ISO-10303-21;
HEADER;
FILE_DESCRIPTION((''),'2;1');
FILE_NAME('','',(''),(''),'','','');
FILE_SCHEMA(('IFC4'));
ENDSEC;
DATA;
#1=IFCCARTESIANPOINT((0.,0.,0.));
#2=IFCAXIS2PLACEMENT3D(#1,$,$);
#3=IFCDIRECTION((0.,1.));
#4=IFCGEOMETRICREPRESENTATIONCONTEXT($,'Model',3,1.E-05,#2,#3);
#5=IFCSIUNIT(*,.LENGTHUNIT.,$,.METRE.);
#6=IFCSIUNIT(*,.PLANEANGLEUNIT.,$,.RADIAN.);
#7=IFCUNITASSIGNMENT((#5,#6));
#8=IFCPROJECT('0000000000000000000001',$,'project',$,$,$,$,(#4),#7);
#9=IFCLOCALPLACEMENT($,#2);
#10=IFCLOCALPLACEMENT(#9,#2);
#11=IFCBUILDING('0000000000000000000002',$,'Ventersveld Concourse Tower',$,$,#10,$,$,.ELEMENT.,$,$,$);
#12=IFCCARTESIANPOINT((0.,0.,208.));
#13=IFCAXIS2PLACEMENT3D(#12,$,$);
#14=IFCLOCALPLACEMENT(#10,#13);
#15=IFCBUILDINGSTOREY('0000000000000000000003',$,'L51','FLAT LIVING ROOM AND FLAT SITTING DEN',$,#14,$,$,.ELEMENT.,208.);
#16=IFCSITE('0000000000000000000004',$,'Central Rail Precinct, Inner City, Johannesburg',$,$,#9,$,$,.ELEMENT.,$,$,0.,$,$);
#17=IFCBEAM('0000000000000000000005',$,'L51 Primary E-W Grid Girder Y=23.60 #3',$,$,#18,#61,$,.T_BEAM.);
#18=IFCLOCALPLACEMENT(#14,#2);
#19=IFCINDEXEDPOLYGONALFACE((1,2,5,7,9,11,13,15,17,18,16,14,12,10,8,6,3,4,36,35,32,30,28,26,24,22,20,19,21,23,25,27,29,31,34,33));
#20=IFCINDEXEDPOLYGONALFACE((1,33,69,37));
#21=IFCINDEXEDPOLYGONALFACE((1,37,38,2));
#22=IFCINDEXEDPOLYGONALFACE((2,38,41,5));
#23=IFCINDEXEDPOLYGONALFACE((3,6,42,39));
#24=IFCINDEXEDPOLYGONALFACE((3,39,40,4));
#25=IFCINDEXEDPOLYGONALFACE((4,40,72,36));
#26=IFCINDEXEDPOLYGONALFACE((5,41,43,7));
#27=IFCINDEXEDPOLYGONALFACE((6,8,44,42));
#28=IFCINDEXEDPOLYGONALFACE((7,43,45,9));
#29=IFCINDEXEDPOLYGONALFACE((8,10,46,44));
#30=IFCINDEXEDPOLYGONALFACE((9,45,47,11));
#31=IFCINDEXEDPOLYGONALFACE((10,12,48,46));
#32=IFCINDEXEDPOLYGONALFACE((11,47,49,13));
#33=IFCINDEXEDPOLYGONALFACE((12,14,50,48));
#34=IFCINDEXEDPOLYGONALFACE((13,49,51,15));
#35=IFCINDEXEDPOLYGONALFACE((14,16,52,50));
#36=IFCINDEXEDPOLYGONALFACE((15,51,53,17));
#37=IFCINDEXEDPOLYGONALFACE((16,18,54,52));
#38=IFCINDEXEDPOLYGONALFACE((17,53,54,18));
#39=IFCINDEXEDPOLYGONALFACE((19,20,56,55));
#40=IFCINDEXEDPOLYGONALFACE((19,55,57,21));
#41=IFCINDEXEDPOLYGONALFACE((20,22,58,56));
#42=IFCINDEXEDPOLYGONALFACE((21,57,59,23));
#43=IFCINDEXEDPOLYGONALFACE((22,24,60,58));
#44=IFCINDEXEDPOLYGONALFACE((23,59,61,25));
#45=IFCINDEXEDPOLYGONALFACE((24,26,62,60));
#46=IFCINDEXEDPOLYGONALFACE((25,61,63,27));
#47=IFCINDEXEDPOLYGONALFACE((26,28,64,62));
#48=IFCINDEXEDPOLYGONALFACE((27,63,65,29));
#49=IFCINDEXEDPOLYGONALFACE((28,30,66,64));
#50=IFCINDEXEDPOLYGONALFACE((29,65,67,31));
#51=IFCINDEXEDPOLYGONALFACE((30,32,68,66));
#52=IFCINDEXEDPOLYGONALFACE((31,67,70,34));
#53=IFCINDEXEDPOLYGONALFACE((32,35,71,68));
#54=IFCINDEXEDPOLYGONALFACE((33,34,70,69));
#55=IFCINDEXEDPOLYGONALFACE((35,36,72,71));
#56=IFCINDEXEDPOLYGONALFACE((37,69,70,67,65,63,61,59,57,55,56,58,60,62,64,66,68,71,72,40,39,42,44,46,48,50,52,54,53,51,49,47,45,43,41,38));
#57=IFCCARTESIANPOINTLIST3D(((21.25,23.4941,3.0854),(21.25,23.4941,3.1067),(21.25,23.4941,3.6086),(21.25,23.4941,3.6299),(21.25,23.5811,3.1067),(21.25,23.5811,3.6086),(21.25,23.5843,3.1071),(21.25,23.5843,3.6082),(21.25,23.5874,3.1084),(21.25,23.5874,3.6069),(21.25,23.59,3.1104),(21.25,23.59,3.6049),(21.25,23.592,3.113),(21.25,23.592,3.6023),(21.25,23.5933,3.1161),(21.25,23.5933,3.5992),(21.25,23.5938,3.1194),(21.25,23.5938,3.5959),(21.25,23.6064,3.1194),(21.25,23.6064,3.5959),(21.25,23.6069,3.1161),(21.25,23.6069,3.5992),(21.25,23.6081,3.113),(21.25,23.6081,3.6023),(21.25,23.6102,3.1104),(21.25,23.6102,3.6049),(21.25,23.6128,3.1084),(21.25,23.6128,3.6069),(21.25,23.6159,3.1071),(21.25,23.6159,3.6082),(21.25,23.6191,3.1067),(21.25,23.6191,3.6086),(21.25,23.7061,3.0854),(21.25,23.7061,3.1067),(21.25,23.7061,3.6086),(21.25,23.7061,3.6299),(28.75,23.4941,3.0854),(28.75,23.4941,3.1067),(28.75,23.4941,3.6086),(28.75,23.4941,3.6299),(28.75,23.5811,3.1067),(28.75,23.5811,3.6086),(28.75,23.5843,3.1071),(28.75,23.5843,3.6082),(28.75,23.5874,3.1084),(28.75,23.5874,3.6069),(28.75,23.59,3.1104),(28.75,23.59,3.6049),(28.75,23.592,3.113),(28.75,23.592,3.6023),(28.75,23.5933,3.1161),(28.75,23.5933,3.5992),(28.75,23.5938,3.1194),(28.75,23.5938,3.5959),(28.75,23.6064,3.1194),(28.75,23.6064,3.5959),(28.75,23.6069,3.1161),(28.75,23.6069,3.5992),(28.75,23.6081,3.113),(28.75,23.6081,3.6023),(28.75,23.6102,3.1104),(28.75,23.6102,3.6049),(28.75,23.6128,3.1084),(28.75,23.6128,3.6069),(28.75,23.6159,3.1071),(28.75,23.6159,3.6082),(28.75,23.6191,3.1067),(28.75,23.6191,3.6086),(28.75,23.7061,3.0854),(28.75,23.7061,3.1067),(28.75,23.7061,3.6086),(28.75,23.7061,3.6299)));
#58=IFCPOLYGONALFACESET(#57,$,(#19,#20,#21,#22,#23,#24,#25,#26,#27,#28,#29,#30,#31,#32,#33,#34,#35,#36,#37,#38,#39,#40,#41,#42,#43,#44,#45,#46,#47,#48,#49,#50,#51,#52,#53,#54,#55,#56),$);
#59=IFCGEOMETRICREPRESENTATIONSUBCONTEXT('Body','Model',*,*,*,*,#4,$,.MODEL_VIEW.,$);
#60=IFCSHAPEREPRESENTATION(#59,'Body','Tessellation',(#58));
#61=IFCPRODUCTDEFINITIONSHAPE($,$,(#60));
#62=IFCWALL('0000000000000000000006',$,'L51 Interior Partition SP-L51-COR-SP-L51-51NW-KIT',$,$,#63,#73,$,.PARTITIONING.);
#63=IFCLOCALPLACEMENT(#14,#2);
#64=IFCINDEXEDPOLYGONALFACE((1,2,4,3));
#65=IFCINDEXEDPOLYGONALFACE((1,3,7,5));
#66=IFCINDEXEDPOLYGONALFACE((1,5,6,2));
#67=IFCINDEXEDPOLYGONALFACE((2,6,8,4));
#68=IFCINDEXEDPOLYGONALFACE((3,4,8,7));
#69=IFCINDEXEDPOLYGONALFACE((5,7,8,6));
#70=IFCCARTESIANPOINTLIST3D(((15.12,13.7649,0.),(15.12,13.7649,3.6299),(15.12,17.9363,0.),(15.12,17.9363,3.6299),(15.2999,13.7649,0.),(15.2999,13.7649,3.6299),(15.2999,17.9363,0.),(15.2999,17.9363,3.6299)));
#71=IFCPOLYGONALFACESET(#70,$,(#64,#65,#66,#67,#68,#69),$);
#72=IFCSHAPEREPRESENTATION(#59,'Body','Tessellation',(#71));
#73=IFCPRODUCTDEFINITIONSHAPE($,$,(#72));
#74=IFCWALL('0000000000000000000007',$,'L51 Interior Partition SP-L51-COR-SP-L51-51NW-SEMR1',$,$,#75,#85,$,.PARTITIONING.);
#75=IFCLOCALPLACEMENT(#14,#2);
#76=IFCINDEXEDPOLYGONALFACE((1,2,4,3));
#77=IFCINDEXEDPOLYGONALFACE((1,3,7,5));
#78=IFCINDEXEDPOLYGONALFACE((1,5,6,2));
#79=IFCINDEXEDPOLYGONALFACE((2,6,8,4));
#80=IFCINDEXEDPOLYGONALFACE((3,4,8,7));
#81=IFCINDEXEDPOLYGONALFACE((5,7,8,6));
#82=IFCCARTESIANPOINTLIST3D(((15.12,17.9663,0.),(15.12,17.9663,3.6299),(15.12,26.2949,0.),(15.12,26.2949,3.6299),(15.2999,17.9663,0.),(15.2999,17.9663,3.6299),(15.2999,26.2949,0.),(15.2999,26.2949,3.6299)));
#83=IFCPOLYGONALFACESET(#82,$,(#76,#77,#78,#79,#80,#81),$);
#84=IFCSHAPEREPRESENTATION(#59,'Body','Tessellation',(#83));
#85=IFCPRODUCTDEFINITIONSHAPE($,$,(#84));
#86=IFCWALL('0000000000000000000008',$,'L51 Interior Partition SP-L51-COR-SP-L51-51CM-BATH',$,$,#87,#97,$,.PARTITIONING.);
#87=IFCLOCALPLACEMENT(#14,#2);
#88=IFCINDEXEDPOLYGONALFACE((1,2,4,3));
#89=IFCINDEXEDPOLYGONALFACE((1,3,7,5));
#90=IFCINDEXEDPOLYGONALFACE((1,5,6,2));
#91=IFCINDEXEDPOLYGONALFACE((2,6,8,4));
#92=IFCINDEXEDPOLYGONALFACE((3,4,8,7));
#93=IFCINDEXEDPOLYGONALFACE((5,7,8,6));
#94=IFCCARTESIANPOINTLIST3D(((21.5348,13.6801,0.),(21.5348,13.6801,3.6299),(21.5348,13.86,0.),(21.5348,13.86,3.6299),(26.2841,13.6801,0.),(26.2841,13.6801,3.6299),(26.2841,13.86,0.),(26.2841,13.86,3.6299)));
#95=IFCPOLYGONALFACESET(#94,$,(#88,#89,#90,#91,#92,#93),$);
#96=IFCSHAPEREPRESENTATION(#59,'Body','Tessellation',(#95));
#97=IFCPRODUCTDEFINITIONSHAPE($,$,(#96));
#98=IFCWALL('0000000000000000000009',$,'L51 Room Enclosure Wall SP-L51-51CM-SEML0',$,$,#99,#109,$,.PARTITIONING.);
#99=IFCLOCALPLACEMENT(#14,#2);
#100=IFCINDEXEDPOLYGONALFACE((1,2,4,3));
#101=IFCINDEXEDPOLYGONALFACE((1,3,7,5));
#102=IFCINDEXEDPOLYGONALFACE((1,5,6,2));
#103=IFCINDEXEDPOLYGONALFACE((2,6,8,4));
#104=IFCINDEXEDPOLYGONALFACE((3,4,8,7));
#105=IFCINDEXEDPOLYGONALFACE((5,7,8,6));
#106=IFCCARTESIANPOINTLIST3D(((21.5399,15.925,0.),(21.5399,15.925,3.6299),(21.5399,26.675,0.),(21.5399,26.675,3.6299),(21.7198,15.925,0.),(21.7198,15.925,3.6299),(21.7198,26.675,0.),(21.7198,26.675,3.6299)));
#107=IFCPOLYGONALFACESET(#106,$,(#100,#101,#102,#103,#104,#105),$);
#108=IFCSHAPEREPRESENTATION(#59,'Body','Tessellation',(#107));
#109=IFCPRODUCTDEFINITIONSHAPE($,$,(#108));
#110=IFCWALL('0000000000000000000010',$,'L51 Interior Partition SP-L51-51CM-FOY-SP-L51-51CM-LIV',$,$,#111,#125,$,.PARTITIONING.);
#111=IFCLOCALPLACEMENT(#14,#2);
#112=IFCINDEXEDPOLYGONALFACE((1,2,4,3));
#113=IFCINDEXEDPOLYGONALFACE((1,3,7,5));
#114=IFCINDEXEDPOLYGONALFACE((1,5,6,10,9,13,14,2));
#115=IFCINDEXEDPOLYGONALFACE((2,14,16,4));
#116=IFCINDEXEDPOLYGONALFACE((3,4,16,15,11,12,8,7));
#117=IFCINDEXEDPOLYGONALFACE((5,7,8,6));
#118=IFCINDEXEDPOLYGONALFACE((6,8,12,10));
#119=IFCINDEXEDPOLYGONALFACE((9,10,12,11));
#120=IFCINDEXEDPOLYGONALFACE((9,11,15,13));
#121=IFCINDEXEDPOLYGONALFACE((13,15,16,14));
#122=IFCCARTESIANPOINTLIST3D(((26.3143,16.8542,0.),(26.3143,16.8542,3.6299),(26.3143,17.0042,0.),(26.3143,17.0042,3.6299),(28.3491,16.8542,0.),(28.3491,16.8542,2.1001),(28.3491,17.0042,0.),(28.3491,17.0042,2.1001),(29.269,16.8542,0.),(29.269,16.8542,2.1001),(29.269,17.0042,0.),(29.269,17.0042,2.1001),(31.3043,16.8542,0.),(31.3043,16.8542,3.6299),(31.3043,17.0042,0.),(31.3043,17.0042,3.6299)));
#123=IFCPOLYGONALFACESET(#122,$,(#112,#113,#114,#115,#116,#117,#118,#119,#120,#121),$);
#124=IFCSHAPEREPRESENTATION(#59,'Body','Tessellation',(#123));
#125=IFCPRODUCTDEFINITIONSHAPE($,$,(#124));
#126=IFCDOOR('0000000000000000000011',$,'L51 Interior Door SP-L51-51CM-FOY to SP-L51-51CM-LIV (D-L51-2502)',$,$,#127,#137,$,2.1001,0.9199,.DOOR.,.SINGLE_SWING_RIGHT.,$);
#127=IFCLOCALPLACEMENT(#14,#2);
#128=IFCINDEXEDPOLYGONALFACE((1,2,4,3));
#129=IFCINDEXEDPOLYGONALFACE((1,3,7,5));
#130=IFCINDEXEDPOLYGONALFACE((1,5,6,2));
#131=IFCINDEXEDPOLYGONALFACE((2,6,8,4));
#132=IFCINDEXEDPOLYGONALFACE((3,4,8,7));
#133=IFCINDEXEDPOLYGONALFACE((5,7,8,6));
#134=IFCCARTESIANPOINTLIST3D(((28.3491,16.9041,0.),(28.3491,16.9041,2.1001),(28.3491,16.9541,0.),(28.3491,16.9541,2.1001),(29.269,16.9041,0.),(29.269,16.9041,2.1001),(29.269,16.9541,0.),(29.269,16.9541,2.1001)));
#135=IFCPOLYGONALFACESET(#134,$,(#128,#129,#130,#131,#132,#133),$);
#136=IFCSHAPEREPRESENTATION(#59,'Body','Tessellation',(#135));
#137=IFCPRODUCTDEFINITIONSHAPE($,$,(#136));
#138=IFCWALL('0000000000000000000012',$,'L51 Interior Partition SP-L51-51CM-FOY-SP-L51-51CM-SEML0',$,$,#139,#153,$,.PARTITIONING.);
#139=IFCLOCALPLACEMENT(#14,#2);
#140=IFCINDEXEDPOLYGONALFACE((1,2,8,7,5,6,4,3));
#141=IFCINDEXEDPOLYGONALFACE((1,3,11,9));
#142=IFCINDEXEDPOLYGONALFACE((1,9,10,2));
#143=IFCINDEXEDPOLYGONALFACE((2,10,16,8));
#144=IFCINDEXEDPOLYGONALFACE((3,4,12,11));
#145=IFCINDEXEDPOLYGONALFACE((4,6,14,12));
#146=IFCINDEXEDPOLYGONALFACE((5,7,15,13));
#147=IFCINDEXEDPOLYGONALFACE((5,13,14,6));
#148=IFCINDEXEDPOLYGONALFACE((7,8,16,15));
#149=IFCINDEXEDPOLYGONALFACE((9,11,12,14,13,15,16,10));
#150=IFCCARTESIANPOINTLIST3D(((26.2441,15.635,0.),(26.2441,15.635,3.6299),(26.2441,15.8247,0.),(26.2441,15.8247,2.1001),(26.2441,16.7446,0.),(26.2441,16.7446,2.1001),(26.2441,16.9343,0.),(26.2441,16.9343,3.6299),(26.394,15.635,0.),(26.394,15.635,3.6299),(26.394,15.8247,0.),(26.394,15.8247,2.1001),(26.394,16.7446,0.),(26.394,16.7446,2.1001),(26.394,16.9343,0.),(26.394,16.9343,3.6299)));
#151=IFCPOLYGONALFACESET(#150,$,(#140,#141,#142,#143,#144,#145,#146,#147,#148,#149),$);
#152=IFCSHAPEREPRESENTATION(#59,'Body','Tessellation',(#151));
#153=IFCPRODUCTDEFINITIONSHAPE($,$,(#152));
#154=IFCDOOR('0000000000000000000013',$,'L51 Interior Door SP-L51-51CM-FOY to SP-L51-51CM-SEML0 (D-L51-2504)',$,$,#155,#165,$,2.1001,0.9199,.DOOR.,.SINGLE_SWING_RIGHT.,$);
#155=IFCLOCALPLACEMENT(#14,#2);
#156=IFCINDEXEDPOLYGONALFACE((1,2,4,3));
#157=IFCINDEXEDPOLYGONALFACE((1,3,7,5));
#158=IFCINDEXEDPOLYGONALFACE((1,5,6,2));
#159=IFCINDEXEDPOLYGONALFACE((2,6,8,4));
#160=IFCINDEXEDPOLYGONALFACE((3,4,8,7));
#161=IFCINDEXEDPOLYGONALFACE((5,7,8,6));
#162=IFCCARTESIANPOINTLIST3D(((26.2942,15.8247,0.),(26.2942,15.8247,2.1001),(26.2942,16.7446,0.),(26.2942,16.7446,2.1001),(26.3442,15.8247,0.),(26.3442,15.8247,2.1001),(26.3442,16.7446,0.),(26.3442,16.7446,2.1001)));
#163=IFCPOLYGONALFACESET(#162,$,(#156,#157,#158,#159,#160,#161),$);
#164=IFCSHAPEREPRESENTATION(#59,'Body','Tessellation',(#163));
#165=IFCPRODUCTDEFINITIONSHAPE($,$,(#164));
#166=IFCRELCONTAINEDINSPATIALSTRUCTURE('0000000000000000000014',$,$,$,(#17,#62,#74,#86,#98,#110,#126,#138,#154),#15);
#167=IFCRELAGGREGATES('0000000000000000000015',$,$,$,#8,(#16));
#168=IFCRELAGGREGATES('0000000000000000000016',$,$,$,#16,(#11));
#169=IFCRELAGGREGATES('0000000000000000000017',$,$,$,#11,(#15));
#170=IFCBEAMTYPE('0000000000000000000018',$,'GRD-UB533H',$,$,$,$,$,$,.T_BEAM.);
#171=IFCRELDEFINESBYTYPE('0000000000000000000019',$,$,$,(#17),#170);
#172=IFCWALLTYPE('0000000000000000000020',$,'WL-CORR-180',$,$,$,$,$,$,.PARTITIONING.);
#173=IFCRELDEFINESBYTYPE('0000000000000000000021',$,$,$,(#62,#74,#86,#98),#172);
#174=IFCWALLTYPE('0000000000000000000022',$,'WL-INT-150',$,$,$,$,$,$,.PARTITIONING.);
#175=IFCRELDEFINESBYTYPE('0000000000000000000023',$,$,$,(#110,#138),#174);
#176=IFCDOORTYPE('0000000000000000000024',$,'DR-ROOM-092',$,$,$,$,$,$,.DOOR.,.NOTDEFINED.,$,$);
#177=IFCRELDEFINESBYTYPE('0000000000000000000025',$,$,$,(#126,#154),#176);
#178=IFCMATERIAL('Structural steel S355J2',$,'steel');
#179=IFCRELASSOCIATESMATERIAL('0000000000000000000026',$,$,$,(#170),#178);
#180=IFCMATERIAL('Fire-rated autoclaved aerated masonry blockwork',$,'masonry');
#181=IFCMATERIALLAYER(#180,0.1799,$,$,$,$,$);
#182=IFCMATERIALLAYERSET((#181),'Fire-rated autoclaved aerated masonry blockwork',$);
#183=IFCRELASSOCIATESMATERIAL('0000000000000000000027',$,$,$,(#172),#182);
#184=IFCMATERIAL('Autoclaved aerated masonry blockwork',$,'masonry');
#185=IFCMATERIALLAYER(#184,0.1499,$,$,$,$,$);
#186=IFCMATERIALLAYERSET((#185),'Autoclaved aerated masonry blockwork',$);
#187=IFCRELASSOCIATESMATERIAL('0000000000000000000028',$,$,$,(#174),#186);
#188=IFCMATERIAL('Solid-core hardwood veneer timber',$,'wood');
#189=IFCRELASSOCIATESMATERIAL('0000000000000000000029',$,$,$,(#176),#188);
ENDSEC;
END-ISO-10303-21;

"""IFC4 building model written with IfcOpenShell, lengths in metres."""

from ifc_helpers import new_model, si_unit, direction, frame, frame_2d, origin, origin_2d, place, context, subcontext, project, spatial, rectangle, i_section, extrude, material, layer, layer_set, material_profile, profile_set, type_object, element, fill, save


model = new_model("IFC4")

# Units and contexts
model_context = context("Model", 3, precision=1e-05, world=origin(), true_north=direction((0.0, 1.0)))
body_context = subcontext(model_context, "Body", "Model", "MODEL_VIEW")
ifc_project = project(units=[si_unit("LENGTHUNIT", "METRE"), si_unit("PLANEANGLEUNIT", "RADIAN")], contexts=[model_context])

# Site, building, storey
site_placement = place(None, origin())
site = spatial("IfcSite", under=ifc_project, at=site_placement, Name="Central Rail Precinct, Inner City, Johannesburg", CompositionType="ELEMENT", RefElevation=0.0)
building_placement = place(site_placement, origin())
building = spatial("IfcBuilding", under=site, at=building_placement, Name="Ventersveld Concourse Tower", CompositionType="ELEMENT")
storey_placement = place(building_placement, frame((0.0, 0.0, 208.0)))
storey = spatial("IfcBuildingStorey", under=building, at=storey_placement, Name="L51", Description="FLAT LIVING ROOM AND FLAT SITTING DEN", CompositionType="ELEMENT", Elevation=208.0)

# Beam
ifc_material_1 = material(Name="Structural steel S355J2", Category="steel")
ifc_material_profile_1 = material_profile(ifc_material_1, i_section(OverallWidth=0.2119, OverallDepth=0.5444, WebThickness=0.0127, FlangeThickness=0.0212, FilletRadius=0.0127, at=origin_2d()), Name="UB 533x210x122")
ifc_profile_set_1 = profile_set([ifc_material_profile_1], Name="Structural steel S355J2")
beam_type_1 = type_object("IfcBeamType", Name="GRD-UB533H", PredefinedType="T_BEAM", material=ifc_profile_set_1)
for number, where, z_axis, x_axis, name in (
    (1, (21.25, 23.6001, 3.3577), (1.0, 0.0, 0.0), (0.0, 1.0, 0.0), "L51 Primary E-W Grid Girder Y=23.60 #3"),
):
    element("IfcBeam", number, at=place(storey_placement, frame(where, z_axis=z_axis, x_axis=x_axis)), inside=storey, type_object=beam_type_1, Name=name, PredefinedType="T_BEAM", context=body_context, shape_type="SweptSolid", body=[
        extrude(i_section(OverallWidth=0.2119, OverallDepth=0.5444, WebThickness=0.0127, FlangeThickness=0.0212, FilletRadius=0.0127, at=origin_2d()), origin(), (0.0, 0.0, 1.0), 7.5),
    ])

# Walls
ifc_material_2 = material(Name="Fire-rated autoclaved aerated masonry blockwork", Category="masonry")
ifc_layer_1 = layer(ifc_material_2, 0.1799)
ifc_layer_set_1 = layer_set([ifc_layer_1], Name="Fire-rated autoclaved aerated masonry blockwork")
wall_type_1 = type_object("IfcWallType", Name="WL-CORR-180", PredefinedType="PARTITIONING", material=ifc_layer_set_1)
wall_1_placement = place(storey_placement, frame((15.21, 13.7649, 0.0), z_axis=(0.0, 0.0, 1.0), x_axis=(0.0, 1.0, 0.0)))
element("IfcWall", 2, at=wall_1_placement, inside=storey, type_object=wall_type_1, Name="L51 Interior Partition SP-L51-COR-SP-L51-51NW-KIT", PredefinedType="PARTITIONING", context=body_context, shape_type="SweptSolid", body=[
    extrude(rectangle(XDim=4.1714, YDim=0.1799, at=frame_2d((2.0857, 0.0))), origin(), (0.0, 0.0, 1.0), 3.6299),
])
wall_2_placement = place(storey_placement, frame((15.21, 17.9663, 0.0), z_axis=(0.0, 0.0, 1.0), x_axis=(0.0, 1.0, 0.0)))
element("IfcWall", 3, at=wall_2_placement, inside=storey, type_object=wall_type_1, Name="L51 Interior Partition SP-L51-COR-SP-L51-51NW-SEMR1", PredefinedType="PARTITIONING", context=body_context, shape_type="SweptSolid", body=[
    extrude(rectangle(XDim=8.3286, YDim=0.1799, at=frame_2d((4.1643, 0.0))), origin(), (0.0, 0.0, 1.0), 3.6299),
])

# Shared definitions
ifc_material_3 = material(Name="Solid-core hardwood veneer timber", Category="wood")

# Walls
wall_3_placement = place(storey_placement, frame((21.5349, 13.77, 0.0), z_axis=(0.0, 0.0, 1.0), x_axis=(1.0, 0.0, 0.0)))
element("IfcWall", 4, at=wall_3_placement, inside=storey, type_object=wall_type_1, Name="L51 Interior Partition SP-L51-COR-SP-L51-51CM-BATH", PredefinedType="PARTITIONING", context=body_context, shape_type="SweptSolid", body=[
    extrude(rectangle(XDim=4.7493, YDim=0.1799, at=frame_2d((2.3745, 0.0))), origin(), (0.0, 0.0, 1.0), 3.6299),
])
wall_4_placement = place(storey_placement, frame((21.6299, 15.925, 0.0), z_axis=(0.0, 0.0, 1.0), x_axis=(0.0, 1.0, 0.0)))
element("IfcWall", 5, at=wall_4_placement, inside=storey, type_object=wall_type_1, Name="L51 Room Enclosure Wall SP-L51-51CM-SEML0", PredefinedType="PARTITIONING", context=body_context, shape_type="SweptSolid", body=[
    extrude(rectangle(XDim=10.75, YDim=0.1799, at=frame_2d((5.375, 0.0))), origin(), (0.0, 0.0, 1.0), 3.6299),
])

# Walls, openings, doors
ifc_material_4 = material(Name="Autoclaved aerated masonry blockwork", Category="masonry")
ifc_layer_2 = layer(ifc_material_4, 0.1499)
ifc_layer_set_2 = layer_set([ifc_layer_2], Name="Autoclaved aerated masonry blockwork")
wall_type_2 = type_object("IfcWallType", Name="WL-INT-150", PredefinedType="PARTITIONING", material=ifc_layer_set_2)
wall_5_placement = place(storey_placement, frame((26.3142, 16.9292, 0.0), z_axis=(0.0, 0.0, 1.0), x_axis=(1.0, 0.0, 0.0)))
wall_5 = element("IfcWall", 6, at=wall_5_placement, inside=storey, type_object=wall_type_2, Name="L51 Interior Partition SP-L51-51CM-FOY-SP-L51-51CM-LIV", PredefinedType="PARTITIONING", context=body_context, shape_type="SweptSolid", body=[
    extrude(rectangle(XDim=4.99, YDim=0.1499, at=frame_2d((2.4951, 0.0))), origin(), (0.0, 0.0, 1.0), 3.6299),
])
opening_1_placement = place(wall_5_placement, frame((2.0349, 0.0, 0.0)))
opening_1 = element("IfcOpeningElement", 7, at=opening_1_placement, cuts=wall_5, PredefinedType="OPENING", context=body_context, shape_type="SweptSolid", body=[
    extrude(rectangle(XDim=0.9199, YDim=2.1001, at=frame_2d((0.46, 1.05))), frame((0.0, 0.085, 0.0), z_axis=(0.0, -1.0, 0.0), x_axis=(1.0, 0.0, 0.0)), (0.0, 0.0, 1.0), 0.1699),
])
door_type_1 = type_object("IfcDoorType", Name="DR-ROOM-092", OperationType="NOTDEFINED", PredefinedType="DOOR", material=ifc_material_3)
door_1_placement = place(opening_1_placement, origin())
door_1 = element("IfcDoor", 8, at=door_1_placement, inside=storey, type_object=door_type_1, Name="L51 Interior Door SP-L51-51CM-FOY to SP-L51-51CM-LIV (D-L51-2502)", OperationType="SINGLE_SWING_RIGHT", OverallHeight=2.1001, OverallWidth=0.9199, PredefinedType="DOOR", context=body_context, shape_type="SweptSolid", body=[
    extrude(rectangle(XDim=0.9199, YDim=2.1001, at=frame_2d((0.46, 1.05))), frame((0.0, 0.0249, 0.0), z_axis=(0.0, -1.0, 0.0), x_axis=(1.0, 0.0, 0.0)), (0.0, 0.0, 1.0), 0.05),
])
fill(opening_1, door_1)
wall_6_placement = place(storey_placement, frame((26.3191, 15.635, 0.0), z_axis=(0.0, 0.0, 1.0), x_axis=(0.0, 1.0, 0.0)))
wall_6 = element("IfcWall", 9, at=wall_6_placement, inside=storey, type_object=wall_type_2, Name="L51 Interior Partition SP-L51-51CM-FOY-SP-L51-51CM-SEML0", PredefinedType="PARTITIONING", context=body_context, shape_type="SweptSolid", body=[
    extrude(rectangle(XDim=1.2993, YDim=0.1499, at=frame_2d((0.6497, 0.0))), origin(), (0.0, 0.0, 1.0), 3.6299),
])
opening_2_placement = place(wall_6_placement, frame((0.1897, 0.0, 0.0)))
opening_2 = element("IfcOpeningElement", 10, at=opening_2_placement, cuts=wall_6, PredefinedType="OPENING", context=body_context, shape_type="SweptSolid", body=[
    extrude(rectangle(XDim=0.9199, YDim=2.1001, at=frame_2d((0.46, 1.05))), frame((0.0, 0.085, 0.0), z_axis=(0.0, -1.0, 0.0), x_axis=(1.0, 0.0, 0.0)), (0.0, 0.0, 1.0), 0.1699),
])
door_2_placement = place(opening_2_placement, origin())
door_2 = element("IfcDoor", 11, at=door_2_placement, inside=storey, type_object=door_type_1, Name="L51 Interior Door SP-L51-51CM-FOY to SP-L51-51CM-SEML0 (D-L51-2504)", OperationType="SINGLE_SWING_RIGHT", OverallHeight=2.1001, OverallWidth=0.9199, PredefinedType="DOOR", context=body_context, shape_type="SweptSolid", body=[
    extrude(rectangle(XDim=0.9199, YDim=2.1001, at=frame_2d((0.46, 1.05))), frame((0.0, 0.0249, 0.0), z_axis=(0.0, -1.0, 0.0), x_axis=(1.0, 0.0, 0.0)), (0.0, 0.0, 1.0), 0.05),
])
fill(opening_2, door_2)

save(model, "model.ifc")
